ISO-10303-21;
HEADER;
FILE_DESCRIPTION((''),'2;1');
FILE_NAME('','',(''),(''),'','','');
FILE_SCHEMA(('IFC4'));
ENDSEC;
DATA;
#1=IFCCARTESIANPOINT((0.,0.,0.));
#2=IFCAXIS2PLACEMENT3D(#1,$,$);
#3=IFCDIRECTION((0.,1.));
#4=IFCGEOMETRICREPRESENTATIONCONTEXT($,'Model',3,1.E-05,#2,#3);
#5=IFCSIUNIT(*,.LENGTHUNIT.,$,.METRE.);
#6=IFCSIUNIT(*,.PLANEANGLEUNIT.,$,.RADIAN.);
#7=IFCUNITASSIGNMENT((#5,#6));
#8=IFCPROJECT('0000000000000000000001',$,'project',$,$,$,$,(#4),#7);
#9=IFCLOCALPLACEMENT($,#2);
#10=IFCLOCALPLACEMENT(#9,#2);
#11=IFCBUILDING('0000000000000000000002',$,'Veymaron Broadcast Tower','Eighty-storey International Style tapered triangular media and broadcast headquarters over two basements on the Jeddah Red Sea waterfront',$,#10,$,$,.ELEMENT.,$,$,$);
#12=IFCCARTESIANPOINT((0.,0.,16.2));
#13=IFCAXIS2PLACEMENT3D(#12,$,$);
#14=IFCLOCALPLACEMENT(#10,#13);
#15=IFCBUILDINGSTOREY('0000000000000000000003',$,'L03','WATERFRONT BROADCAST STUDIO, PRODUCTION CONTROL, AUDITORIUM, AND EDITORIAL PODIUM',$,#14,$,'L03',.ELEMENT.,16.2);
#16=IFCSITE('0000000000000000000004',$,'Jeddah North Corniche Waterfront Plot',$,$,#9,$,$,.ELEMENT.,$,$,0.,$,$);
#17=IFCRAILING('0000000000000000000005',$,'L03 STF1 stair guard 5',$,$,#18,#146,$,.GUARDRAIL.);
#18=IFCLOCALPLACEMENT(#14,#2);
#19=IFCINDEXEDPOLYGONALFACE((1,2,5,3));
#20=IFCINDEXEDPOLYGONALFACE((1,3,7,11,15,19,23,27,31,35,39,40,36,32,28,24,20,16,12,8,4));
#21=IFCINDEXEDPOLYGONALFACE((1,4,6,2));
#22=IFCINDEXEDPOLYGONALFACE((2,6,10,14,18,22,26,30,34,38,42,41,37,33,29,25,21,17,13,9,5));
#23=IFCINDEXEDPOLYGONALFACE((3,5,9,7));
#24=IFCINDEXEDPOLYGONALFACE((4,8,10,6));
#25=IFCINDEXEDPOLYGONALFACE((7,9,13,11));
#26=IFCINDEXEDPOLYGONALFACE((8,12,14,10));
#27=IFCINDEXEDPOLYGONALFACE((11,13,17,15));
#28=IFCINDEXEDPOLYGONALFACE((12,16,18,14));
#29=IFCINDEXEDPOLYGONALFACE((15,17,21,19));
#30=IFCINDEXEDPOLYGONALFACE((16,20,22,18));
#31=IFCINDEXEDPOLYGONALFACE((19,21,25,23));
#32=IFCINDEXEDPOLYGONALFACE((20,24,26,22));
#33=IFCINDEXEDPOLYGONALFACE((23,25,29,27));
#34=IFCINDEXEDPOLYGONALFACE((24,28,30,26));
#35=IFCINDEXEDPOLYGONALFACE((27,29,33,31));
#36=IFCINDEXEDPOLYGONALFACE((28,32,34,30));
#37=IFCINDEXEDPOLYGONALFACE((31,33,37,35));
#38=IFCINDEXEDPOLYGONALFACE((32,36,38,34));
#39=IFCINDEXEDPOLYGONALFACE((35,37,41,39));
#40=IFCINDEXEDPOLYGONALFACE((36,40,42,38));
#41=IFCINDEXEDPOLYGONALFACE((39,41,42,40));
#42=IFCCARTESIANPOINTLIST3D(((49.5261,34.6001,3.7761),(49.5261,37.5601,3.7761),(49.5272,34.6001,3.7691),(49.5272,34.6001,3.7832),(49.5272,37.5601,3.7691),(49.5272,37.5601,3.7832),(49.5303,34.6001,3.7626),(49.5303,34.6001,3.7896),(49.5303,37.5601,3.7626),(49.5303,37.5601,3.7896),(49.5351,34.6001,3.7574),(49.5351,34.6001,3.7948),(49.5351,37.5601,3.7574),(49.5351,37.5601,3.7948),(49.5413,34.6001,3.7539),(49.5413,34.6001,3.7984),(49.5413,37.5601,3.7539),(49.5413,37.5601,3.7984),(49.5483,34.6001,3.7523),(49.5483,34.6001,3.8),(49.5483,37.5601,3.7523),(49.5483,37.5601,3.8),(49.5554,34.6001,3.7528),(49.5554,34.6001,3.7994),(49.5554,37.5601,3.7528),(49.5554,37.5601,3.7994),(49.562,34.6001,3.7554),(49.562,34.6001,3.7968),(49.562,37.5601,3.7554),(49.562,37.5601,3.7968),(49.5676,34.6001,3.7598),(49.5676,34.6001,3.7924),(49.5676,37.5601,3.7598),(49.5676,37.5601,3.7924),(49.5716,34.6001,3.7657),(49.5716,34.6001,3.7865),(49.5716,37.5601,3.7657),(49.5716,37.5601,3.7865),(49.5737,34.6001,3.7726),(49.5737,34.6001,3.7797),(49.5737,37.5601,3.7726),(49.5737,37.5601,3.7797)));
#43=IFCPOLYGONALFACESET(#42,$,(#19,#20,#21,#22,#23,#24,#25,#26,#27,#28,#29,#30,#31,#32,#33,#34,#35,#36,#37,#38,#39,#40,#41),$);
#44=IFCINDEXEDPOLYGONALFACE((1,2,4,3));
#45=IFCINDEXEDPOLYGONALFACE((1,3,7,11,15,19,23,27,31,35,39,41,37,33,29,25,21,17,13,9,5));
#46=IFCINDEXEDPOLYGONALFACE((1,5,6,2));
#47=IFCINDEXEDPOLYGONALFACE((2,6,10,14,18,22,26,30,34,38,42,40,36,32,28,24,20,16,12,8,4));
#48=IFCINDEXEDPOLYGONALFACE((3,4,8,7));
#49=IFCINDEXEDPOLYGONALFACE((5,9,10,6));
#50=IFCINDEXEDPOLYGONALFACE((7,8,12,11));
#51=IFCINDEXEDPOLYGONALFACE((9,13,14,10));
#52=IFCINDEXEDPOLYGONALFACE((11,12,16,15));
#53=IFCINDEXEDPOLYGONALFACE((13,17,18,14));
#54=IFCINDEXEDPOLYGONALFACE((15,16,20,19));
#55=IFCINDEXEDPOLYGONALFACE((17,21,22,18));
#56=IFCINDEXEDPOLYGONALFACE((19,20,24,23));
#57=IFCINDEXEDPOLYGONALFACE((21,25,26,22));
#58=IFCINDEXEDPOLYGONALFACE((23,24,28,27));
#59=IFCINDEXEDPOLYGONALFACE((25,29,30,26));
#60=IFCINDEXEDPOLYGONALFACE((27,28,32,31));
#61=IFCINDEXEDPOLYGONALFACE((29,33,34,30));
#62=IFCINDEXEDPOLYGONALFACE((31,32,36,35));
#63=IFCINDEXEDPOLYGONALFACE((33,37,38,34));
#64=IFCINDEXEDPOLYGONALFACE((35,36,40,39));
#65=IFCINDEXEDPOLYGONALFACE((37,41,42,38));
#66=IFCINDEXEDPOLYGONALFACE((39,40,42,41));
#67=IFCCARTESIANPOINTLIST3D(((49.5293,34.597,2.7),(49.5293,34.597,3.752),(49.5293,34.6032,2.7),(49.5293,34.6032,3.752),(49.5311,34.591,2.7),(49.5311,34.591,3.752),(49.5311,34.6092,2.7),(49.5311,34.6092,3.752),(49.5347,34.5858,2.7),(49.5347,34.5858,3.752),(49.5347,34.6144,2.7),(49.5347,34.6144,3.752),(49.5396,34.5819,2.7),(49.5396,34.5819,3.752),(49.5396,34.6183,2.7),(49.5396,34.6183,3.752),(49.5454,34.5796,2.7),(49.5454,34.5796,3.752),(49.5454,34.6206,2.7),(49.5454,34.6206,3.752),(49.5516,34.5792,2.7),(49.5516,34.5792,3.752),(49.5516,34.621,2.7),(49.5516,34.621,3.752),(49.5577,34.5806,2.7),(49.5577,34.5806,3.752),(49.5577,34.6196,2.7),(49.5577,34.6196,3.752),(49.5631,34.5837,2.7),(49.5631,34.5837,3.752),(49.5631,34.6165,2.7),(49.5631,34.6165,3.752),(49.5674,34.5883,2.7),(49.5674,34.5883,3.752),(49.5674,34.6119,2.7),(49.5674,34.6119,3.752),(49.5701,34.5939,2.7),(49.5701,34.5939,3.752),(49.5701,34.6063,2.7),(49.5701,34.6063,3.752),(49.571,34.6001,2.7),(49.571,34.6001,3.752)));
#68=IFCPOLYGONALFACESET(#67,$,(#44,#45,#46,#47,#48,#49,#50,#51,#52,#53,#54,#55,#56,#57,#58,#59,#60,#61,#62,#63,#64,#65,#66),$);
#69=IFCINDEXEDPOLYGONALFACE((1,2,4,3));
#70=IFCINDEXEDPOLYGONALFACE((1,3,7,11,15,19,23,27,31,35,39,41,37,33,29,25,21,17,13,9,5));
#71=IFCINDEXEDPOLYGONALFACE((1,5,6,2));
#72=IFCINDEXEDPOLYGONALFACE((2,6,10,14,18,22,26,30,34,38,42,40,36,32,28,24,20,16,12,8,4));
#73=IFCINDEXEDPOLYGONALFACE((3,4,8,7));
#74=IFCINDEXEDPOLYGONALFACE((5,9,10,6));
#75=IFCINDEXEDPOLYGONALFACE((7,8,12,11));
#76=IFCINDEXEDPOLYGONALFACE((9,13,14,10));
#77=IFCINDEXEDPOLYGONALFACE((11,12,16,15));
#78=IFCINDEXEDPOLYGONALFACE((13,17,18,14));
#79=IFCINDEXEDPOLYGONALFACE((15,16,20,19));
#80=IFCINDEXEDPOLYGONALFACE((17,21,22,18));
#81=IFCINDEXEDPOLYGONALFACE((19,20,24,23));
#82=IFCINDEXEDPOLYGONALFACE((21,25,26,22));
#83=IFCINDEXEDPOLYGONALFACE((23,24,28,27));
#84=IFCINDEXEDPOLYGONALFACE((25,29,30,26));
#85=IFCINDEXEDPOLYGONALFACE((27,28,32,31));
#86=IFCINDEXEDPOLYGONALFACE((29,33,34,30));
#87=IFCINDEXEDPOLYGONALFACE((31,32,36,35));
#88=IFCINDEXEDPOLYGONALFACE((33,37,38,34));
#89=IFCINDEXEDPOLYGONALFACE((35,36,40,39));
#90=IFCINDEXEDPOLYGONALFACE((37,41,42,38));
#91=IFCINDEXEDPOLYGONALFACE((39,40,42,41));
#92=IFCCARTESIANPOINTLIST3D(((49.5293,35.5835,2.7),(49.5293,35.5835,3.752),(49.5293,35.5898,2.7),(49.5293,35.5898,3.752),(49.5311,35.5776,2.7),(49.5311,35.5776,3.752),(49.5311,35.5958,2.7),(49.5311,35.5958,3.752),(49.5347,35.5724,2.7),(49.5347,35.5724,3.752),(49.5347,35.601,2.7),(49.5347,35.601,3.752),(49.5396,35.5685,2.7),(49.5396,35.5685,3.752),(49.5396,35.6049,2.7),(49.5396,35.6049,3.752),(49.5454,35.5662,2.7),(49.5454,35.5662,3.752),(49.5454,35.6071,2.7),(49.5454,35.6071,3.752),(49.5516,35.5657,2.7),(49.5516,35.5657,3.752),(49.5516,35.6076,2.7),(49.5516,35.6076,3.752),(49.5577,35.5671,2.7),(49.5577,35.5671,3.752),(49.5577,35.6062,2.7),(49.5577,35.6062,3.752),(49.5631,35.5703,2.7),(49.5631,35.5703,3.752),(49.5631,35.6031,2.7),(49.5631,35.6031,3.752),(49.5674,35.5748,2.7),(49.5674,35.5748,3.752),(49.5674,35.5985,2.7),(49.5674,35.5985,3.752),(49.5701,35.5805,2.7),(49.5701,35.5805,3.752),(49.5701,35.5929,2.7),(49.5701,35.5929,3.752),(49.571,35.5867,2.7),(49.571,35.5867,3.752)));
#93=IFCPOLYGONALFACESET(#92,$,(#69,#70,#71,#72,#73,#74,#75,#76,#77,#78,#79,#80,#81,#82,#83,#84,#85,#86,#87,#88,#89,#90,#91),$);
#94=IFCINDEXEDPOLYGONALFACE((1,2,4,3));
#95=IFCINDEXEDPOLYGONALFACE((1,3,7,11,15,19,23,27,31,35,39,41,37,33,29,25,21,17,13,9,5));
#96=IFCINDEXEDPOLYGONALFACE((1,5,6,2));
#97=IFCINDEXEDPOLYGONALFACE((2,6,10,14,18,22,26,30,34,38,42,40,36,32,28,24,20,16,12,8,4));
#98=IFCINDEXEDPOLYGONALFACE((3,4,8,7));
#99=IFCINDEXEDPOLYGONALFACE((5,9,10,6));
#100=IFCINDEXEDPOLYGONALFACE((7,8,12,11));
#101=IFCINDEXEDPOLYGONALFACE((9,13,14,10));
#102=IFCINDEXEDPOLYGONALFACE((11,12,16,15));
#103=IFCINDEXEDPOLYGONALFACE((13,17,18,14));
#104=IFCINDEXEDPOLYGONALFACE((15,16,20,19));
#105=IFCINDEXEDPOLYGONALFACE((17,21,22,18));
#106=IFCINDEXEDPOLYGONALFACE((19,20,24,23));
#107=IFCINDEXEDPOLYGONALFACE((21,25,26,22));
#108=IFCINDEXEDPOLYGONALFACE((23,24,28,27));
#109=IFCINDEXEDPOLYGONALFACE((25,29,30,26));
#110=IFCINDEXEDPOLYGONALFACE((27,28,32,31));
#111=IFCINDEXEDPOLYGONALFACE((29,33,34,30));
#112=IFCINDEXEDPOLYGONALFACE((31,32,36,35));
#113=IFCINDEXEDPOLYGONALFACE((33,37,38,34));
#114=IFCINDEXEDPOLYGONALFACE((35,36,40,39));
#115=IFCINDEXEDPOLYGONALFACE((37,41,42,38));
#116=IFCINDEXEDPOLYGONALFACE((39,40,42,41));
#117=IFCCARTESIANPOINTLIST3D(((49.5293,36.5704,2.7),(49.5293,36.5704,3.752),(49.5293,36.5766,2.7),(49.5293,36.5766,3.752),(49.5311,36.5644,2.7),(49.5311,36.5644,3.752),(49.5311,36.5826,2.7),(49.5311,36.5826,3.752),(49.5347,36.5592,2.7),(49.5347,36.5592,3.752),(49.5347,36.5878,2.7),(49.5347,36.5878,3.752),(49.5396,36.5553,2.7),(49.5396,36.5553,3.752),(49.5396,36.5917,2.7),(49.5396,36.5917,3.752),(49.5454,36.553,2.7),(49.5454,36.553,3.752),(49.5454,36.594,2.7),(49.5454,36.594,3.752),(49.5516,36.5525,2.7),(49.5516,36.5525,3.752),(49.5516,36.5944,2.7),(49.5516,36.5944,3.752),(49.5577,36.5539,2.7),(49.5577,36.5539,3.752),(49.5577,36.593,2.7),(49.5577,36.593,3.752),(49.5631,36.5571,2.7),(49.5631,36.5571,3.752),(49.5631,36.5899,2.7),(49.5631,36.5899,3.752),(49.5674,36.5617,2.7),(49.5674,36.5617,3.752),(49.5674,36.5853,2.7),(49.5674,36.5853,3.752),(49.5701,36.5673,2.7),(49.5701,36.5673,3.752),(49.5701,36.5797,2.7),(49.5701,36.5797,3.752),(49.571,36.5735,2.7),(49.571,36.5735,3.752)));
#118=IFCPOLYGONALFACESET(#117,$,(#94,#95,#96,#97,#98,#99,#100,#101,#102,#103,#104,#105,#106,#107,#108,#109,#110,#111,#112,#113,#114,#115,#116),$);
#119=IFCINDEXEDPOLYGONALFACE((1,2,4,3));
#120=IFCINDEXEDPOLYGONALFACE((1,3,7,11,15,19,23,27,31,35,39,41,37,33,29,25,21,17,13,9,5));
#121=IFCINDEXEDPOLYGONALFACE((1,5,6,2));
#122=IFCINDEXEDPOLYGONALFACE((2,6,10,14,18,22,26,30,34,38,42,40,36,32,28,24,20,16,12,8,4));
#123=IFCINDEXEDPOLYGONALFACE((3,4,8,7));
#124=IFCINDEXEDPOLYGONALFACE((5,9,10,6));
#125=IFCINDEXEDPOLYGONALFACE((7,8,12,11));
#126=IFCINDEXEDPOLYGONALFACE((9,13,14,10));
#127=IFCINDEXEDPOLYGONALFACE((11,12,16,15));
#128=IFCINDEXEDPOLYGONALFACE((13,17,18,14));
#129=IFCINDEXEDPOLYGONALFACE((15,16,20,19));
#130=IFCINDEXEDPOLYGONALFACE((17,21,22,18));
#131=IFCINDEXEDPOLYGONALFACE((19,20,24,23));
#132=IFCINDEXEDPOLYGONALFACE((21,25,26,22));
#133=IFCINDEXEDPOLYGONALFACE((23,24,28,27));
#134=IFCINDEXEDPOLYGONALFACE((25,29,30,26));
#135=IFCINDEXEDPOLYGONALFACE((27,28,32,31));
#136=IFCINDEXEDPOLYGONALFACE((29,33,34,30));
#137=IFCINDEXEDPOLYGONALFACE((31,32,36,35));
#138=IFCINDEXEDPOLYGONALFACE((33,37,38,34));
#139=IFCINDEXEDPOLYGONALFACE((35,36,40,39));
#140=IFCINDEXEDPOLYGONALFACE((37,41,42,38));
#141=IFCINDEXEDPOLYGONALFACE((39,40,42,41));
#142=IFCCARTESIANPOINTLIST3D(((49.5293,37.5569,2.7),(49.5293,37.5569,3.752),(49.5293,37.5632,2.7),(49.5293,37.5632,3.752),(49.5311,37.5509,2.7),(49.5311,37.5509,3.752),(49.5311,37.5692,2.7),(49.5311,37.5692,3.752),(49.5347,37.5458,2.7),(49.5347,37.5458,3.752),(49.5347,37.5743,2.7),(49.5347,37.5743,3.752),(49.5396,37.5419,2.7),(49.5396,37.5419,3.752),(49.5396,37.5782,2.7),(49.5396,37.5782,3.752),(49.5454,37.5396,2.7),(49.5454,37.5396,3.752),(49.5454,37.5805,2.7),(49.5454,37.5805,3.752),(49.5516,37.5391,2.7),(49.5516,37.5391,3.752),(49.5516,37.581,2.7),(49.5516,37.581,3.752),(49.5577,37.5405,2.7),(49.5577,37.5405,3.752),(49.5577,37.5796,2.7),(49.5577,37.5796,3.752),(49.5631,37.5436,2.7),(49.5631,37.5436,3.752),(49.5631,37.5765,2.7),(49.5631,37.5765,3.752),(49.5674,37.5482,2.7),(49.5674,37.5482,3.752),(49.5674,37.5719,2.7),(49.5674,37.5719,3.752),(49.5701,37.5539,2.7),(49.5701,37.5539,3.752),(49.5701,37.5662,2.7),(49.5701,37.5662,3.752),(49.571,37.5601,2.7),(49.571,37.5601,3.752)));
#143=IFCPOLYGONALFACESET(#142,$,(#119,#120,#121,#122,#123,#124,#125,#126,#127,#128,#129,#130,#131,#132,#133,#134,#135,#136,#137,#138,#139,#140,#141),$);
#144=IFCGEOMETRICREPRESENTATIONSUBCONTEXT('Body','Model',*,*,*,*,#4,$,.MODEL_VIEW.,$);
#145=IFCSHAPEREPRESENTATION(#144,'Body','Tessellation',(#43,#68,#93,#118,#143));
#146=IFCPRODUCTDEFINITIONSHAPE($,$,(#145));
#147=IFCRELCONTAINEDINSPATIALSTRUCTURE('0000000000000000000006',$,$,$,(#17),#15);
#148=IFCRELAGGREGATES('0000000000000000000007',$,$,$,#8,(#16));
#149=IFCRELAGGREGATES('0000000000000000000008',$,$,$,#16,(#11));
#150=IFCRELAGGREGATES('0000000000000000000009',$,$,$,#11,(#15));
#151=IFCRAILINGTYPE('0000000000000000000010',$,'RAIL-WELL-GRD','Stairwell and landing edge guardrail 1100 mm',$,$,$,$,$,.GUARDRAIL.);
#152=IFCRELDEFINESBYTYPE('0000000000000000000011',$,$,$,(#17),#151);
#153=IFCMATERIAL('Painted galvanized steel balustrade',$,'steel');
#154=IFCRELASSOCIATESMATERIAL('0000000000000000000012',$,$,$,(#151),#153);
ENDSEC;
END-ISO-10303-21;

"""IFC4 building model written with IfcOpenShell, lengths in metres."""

from ifc_helpers import new_model, si_unit, direction, frame, origin, origin_2d, place, context, subcontext, project, spatial, circle, extrude, material, type_object, element, save


model = new_model("IFC4")

# Units and contexts
model_context = context("Model", 3, precision=1e-05, world=origin(), true_north=direction((0.0, 1.0)))
body_context = subcontext(model_context, "Body", "Model", "MODEL_VIEW")
ifc_project = project(units=[si_unit("LENGTHUNIT", "METRE"), si_unit("PLANEANGLEUNIT", "RADIAN")], contexts=[model_context])

# Site, building, storey
site_placement = place(None, origin())
site = spatial("IfcSite", under=ifc_project, at=site_placement, Name="Jeddah North Corniche Waterfront Plot", CompositionType="ELEMENT", RefElevation=0.0)
building_placement = place(site_placement, origin())
building = spatial("IfcBuilding", under=site, at=building_placement, Name="Veymaron Broadcast Tower", Description="Eighty-storey International Style tapered triangular media and broadcast headquarters over two basements on the Jeddah Red Sea waterfront", CompositionType="ELEMENT")
storey_placement = place(building_placement, frame((0.0, 0.0, 16.2)))
storey = spatial("IfcBuildingStorey", under=building, at=storey_placement, Name="L03", Description="WATERFRONT BROADCAST STUDIO, PRODUCTION CONTROL, AUDITORIUM, AND EDITORIAL PODIUM", LongName="L03", CompositionType="ELEMENT", Elevation=16.2)

# Railing
ifc_material_1 = material(Name="Painted galvanized steel balustrade", Category="steel")
railing_type = type_object("IfcRailingType", Name="RAIL-WELL-GRD", Description="Stairwell and landing edge guardrail 1100 mm", PredefinedType="GUARDRAIL", material=ifc_material_1)
railing_1_placement = place(storey_placement, frame((49.55, 34.6001, 2.7)))
element("IfcRailing", 1, at=railing_1_placement, inside=storey, type_object=railing_type, Name="L03 STF1 stair guard 5", PredefinedType="GUARDRAIL", context=body_context, shape_type="SweptSolid", body=[
    extrude(circle(Radius=0.0239, at=origin_2d()), frame((0.0, 0.0, 1.0762), z_axis=(0.0, 1.0, 0.0), x_axis=(-1.0, 0.0, 0.0)), (0.0, 0.0, 1.0), 2.96),
    extrude(circle(Radius=0.021, at=origin_2d()), origin(), (0.0, 0.0, 1.0), 1.052),
    extrude(circle(Radius=0.021, at=origin_2d()), frame((0.0, 0.9866, 0.0)), (0.0, 0.0, 1.0), 1.052),
    extrude(circle(Radius=0.021, at=origin_2d()), frame((0.0, 1.9734, 0.0)), (0.0, 0.0, 1.0), 1.052),
    extrude(circle(Radius=0.021, at=origin_2d()), frame((0.0, 2.96, 0.0)), (0.0, 0.0, 1.0), 1.052),
])

save(model, "model.ifc")
